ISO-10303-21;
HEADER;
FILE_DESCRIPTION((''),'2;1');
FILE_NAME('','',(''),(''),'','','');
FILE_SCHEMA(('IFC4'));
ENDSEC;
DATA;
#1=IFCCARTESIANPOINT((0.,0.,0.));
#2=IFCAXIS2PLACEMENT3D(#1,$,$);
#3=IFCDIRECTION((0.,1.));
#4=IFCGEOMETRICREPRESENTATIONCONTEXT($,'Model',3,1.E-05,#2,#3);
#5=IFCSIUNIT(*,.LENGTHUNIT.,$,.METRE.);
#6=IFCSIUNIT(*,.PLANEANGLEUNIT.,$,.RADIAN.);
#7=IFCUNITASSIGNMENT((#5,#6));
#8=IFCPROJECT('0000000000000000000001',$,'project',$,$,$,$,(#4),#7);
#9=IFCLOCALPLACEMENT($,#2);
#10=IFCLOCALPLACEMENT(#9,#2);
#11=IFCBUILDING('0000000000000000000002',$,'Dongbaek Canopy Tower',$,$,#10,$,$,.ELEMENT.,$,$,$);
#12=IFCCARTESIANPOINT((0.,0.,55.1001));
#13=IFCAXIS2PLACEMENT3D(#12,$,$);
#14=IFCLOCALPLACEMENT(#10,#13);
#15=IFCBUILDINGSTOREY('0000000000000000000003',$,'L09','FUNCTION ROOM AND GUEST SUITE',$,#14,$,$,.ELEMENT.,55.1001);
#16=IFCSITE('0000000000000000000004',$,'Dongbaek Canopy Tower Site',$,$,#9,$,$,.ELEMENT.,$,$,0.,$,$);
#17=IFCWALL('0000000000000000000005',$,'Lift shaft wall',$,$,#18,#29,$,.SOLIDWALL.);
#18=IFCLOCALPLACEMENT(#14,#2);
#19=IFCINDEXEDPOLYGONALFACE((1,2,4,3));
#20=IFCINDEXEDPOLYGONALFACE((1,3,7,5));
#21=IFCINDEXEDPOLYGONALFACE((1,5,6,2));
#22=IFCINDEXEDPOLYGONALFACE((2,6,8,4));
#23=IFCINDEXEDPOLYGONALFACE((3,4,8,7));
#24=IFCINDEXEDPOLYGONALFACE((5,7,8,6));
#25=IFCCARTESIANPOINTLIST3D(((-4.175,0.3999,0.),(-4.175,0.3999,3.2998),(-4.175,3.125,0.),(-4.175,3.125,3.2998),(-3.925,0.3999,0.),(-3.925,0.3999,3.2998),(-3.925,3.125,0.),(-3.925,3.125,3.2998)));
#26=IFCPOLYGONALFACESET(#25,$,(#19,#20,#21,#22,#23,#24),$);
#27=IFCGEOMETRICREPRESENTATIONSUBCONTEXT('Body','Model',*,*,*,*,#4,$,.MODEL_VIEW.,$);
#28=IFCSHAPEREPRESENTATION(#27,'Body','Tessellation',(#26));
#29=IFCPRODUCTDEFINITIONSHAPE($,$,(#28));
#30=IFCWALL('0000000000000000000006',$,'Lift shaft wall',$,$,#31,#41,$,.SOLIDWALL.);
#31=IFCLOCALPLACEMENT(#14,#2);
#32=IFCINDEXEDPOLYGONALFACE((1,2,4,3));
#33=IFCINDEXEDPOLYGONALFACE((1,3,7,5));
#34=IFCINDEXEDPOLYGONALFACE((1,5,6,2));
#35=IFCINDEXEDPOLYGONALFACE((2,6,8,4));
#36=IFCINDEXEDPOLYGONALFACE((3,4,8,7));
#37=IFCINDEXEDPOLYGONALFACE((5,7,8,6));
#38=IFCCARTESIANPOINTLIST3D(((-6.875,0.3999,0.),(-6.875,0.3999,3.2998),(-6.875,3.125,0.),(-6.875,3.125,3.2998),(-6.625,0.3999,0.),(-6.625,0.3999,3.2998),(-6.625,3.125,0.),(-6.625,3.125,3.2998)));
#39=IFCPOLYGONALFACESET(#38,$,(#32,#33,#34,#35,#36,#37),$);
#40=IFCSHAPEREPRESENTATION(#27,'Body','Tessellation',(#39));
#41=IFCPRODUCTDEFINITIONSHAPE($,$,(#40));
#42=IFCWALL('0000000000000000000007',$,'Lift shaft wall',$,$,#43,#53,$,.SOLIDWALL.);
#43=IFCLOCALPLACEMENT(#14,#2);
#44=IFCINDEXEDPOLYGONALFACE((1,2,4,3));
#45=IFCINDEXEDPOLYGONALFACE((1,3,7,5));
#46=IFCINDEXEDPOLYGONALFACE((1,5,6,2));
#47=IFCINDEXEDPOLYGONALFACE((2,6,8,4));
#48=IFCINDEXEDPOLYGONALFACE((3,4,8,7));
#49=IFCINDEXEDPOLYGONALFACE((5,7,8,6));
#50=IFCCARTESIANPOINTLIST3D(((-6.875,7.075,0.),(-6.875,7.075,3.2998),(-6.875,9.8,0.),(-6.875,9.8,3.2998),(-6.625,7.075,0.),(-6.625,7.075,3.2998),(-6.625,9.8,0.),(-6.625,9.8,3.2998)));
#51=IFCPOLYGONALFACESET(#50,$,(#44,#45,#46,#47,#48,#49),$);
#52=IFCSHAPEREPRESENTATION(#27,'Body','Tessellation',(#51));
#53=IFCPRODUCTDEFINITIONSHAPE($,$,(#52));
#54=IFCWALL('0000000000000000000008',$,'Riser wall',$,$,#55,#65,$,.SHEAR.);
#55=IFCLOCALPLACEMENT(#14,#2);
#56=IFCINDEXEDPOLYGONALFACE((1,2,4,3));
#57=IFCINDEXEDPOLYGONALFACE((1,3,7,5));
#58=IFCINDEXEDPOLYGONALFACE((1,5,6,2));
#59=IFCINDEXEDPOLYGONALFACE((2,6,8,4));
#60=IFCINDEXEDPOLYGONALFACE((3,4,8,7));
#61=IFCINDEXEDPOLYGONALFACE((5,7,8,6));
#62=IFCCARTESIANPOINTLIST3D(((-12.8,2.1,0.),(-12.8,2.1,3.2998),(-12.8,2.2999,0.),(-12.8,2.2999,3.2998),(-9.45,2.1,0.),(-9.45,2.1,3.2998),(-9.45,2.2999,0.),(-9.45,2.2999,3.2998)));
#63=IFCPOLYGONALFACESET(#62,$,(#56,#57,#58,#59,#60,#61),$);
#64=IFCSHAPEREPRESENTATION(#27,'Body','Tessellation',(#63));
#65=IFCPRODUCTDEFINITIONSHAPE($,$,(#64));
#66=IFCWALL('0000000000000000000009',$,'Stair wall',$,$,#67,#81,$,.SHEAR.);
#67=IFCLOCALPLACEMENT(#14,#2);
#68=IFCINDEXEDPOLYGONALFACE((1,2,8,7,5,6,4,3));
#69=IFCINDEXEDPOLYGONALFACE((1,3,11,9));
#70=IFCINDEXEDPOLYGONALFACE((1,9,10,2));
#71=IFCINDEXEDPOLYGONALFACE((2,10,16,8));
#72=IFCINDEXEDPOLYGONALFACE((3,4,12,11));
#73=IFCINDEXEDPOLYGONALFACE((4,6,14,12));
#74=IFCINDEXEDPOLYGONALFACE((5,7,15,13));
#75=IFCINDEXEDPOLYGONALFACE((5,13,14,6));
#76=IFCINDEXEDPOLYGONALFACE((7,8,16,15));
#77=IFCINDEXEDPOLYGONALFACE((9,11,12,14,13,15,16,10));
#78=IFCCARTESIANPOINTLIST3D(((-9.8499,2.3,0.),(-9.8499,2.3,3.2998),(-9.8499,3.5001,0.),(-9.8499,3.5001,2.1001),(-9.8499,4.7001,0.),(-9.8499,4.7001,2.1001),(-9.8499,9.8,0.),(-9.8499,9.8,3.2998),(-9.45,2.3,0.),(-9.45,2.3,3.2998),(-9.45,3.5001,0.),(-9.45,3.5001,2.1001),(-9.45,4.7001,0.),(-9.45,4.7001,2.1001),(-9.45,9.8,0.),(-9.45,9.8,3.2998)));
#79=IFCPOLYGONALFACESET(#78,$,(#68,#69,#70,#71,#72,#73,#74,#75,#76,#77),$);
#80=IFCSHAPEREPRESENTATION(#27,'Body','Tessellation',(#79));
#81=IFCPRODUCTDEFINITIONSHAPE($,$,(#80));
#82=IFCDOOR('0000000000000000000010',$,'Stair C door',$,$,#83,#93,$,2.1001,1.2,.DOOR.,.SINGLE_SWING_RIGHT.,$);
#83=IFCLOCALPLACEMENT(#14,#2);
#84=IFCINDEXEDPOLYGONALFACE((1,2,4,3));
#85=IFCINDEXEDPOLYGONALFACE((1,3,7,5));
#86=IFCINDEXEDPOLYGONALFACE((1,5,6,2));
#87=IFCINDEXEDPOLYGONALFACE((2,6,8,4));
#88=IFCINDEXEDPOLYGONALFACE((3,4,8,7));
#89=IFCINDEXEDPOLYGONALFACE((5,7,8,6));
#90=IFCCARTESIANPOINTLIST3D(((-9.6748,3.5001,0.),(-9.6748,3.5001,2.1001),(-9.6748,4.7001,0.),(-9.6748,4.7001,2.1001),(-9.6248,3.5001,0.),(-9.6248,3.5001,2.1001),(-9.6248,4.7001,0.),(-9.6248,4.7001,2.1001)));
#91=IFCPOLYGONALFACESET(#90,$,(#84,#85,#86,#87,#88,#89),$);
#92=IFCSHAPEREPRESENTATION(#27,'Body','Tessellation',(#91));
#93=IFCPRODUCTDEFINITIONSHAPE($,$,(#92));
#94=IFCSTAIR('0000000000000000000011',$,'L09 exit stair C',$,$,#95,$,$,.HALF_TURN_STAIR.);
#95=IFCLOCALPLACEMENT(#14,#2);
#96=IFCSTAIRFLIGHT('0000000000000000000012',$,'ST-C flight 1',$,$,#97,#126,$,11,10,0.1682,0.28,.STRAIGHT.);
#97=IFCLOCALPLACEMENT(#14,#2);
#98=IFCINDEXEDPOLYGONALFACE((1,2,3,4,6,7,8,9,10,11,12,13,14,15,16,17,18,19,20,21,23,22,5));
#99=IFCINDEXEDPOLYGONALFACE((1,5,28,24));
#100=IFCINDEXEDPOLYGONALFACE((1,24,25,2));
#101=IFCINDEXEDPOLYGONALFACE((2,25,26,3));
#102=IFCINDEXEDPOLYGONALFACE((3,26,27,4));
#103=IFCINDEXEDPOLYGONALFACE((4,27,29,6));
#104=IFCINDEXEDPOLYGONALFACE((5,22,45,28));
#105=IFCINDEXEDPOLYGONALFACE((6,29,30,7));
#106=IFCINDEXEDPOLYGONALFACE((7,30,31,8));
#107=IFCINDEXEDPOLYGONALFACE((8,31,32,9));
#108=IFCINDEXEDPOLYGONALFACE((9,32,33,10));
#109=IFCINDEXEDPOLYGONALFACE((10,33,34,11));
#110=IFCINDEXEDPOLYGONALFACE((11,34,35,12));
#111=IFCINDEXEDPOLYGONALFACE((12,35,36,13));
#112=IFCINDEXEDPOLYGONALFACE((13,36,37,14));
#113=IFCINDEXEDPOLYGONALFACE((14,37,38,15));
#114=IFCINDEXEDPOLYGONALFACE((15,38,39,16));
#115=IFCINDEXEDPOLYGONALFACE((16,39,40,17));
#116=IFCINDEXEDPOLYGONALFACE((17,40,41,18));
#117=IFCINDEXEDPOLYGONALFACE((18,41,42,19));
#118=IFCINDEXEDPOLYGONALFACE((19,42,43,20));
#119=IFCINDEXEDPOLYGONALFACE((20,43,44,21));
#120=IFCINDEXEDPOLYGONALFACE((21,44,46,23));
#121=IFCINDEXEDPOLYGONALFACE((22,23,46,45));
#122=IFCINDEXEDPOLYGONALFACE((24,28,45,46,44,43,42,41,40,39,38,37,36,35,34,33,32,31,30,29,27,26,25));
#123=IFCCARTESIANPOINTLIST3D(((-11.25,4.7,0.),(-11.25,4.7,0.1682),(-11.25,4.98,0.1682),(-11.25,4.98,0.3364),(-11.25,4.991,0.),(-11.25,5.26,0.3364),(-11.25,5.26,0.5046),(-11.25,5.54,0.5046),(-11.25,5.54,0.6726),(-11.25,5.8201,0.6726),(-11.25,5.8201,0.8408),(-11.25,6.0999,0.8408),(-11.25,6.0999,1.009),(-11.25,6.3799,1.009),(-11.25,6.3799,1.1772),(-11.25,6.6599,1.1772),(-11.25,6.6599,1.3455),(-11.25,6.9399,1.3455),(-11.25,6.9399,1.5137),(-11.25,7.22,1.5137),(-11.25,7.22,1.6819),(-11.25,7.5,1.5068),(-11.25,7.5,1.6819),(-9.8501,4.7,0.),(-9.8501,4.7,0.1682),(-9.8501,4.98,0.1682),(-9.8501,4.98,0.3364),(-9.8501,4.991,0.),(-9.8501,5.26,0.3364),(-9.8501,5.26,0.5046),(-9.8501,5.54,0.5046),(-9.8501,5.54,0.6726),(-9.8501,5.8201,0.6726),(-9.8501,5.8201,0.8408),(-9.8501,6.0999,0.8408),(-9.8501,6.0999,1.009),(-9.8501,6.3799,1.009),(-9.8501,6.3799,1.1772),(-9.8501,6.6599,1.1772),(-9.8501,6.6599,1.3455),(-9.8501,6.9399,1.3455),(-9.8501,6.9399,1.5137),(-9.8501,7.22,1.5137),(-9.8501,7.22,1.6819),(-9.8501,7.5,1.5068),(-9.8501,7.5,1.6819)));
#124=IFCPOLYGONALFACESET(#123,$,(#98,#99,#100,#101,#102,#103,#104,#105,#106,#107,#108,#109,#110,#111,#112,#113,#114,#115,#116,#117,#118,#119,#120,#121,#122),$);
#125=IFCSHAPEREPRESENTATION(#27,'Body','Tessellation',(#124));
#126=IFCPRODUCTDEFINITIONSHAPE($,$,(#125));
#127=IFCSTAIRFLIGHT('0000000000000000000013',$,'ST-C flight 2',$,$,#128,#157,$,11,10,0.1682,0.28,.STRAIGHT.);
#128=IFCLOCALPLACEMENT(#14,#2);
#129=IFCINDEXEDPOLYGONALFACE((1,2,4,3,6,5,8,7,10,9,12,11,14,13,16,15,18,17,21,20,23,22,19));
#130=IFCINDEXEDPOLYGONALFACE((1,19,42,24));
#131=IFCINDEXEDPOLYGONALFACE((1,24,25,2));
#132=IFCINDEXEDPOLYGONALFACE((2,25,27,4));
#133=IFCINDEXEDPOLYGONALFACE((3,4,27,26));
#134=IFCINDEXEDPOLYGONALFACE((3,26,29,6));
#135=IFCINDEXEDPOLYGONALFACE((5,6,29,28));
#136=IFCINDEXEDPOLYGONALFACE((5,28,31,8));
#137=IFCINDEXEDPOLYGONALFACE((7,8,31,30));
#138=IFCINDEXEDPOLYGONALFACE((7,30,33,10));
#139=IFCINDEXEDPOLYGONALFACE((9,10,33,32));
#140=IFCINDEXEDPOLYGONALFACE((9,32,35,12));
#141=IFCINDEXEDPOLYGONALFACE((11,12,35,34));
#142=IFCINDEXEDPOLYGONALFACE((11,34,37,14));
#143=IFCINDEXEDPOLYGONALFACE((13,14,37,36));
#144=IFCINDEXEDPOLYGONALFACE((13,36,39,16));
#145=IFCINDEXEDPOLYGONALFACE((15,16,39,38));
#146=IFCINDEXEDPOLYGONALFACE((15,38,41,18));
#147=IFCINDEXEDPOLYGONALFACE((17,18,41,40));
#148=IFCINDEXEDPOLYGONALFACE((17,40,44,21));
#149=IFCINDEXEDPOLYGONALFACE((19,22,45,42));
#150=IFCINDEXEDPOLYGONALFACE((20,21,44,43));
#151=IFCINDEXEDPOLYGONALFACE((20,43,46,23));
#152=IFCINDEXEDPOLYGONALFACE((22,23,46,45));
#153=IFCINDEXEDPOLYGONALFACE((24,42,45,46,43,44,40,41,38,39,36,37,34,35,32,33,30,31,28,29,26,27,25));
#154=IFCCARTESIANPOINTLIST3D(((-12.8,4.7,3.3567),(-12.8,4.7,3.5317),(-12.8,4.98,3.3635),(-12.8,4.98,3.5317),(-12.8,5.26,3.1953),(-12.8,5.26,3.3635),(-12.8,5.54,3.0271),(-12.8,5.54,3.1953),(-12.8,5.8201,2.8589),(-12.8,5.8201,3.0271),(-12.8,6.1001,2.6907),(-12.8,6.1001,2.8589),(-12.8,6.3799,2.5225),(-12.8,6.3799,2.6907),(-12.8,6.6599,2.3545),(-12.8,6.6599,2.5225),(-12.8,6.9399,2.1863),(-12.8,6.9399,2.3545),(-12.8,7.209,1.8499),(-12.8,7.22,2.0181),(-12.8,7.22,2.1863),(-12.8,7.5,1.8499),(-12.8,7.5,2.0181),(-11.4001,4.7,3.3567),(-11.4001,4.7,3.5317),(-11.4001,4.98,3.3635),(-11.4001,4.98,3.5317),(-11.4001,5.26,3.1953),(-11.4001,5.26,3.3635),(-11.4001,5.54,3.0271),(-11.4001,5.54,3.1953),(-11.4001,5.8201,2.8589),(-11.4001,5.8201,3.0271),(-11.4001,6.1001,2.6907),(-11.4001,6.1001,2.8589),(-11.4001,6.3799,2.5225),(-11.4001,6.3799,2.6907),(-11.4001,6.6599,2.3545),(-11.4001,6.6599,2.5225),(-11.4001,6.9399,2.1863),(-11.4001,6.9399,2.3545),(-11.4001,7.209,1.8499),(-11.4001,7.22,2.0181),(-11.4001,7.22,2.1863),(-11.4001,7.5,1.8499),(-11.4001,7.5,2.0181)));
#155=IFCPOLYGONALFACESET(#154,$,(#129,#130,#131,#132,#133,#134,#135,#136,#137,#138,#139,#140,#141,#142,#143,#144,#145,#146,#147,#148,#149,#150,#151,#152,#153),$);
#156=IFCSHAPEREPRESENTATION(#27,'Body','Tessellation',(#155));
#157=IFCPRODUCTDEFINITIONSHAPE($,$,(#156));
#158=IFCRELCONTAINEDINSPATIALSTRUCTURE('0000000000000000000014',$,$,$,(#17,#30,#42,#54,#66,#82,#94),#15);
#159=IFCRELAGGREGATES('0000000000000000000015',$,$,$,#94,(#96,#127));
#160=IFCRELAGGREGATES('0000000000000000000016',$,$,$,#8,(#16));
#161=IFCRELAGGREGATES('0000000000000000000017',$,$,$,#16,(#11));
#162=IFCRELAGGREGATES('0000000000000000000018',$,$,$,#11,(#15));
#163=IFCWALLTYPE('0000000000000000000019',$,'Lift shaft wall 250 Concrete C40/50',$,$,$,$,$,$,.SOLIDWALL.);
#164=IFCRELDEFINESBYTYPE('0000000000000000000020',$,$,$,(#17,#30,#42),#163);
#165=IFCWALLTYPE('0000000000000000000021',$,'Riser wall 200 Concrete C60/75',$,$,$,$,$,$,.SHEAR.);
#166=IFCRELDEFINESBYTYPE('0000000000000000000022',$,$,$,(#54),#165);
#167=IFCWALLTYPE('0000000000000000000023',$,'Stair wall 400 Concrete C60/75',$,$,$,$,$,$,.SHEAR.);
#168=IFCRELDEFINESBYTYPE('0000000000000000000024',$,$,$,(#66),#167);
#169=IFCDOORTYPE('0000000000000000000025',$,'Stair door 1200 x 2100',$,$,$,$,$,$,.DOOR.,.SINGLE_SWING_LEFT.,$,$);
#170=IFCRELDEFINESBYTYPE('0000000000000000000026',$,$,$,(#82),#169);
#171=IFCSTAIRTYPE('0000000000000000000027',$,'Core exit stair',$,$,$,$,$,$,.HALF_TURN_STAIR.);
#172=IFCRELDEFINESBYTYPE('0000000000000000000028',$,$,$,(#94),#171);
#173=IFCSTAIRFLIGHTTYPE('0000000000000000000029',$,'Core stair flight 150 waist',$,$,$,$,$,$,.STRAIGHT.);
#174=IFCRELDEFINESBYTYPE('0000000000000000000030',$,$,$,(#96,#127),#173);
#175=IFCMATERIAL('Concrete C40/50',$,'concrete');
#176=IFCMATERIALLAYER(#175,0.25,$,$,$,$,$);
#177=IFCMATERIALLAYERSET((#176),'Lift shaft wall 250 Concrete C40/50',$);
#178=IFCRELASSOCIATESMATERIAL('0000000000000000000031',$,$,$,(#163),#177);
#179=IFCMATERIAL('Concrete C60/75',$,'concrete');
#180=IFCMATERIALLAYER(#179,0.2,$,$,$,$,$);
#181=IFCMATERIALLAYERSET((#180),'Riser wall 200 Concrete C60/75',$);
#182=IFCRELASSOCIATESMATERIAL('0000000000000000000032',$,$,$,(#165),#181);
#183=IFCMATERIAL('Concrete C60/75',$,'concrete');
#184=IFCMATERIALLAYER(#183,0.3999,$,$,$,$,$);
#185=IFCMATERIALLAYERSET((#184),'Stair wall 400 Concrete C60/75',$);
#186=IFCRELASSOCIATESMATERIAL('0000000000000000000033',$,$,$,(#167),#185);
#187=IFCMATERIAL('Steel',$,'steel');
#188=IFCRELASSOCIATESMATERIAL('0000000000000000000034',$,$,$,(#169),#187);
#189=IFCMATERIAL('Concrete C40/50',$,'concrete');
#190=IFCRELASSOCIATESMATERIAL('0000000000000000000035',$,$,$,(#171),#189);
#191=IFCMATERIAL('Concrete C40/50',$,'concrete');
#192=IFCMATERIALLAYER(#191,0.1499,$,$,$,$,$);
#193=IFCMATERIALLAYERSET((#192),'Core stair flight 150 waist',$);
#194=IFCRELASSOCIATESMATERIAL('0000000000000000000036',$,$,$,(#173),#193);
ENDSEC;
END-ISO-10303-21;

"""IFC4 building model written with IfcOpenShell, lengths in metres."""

from ifc_helpers import new_model, si_unit, direction, frame, frame_2d, origin, place, context, subcontext, project, spatial, polyline, rectangle, outline, extrude, material, layer, layer_set, type_object, element, fill, aggregate, save


model = new_model("IFC4")

# Units and contexts
model_context = context("Model", 3, precision=1e-05, world=origin(), true_north=direction((0.0, 1.0)))
body_context = subcontext(model_context, "Body", "Model", "MODEL_VIEW")
ifc_project = project(units=[si_unit("LENGTHUNIT", "METRE"), si_unit("PLANEANGLEUNIT", "RADIAN")], contexts=[model_context])

# Site, building, storey
site_placement = place(None, origin())
site = spatial("IfcSite", under=ifc_project, at=site_placement, Name="Dongbaek Canopy Tower Site", CompositionType="ELEMENT", RefElevation=0.0)
building_placement = place(site_placement, origin())
building = spatial("IfcBuilding", under=site, at=building_placement, Name="Dongbaek Canopy Tower", CompositionType="ELEMENT")
storey_placement = place(building_placement, frame((0.0, 0.0, 55.1001)))
storey = spatial("IfcBuildingStorey", under=building, at=storey_placement, Name="L09", Description="FUNCTION ROOM AND GUEST SUITE", CompositionType="ELEMENT", Elevation=55.1001)

# Walls
ifc_material_1 = material(Name="Concrete C40/50", Category="concrete")
ifc_layer_1 = layer(ifc_material_1, 0.25)
ifc_layer_set_1 = layer_set([ifc_layer_1], Name="Lift shaft wall 250 Concrete C40/50")
wall_type_1 = type_object("IfcWallType", Name="Lift shaft wall 250 Concrete C40/50", PredefinedType="SOLIDWALL", material=ifc_layer_set_1)
for number, where, z_axis, x_axis, name in (
    (1, (-4.05, 0.3999, 0.0), (0.0, 0.0, 1.0), (0.0, 1.0, 0.0), "Lift shaft wall"),
    (2, (-6.75, 0.3999, 0.0), (0.0, 0.0, 1.0), (0.0, 1.0, 0.0), "Lift shaft wall"),
    (3, (-6.75, 7.075, 0.0), (0.0, 0.0, 1.0), (0.0, 1.0, 0.0), "Lift shaft wall"),
):
    element("IfcWall", number, at=place(storey_placement, frame(where, z_axis=z_axis, x_axis=x_axis)), inside=storey, type_object=wall_type_1, Name=name, PredefinedType="SOLIDWALL", context=body_context, shape_type="SweptSolid", body=[
        extrude(rectangle(XDim=2.7251, YDim=0.25, at=frame_2d((1.3625, 0.0))), origin(), (0.0, 0.0, 1.0), 3.2998),
    ])
ifc_material_2 = material(Name="Concrete C60/75", Category="concrete")
ifc_layer_2 = layer(ifc_material_2, 0.2)
ifc_layer_set_2 = layer_set([ifc_layer_2], Name="Riser wall 200 Concrete C60/75")
wall_type_2 = type_object("IfcWallType", Name="Riser wall 200 Concrete C60/75", PredefinedType="SHEAR", material=ifc_layer_set_2)
wall_1_placement = place(storey_placement, frame((-9.45, 2.2, 0.0), z_axis=(0.0, 0.0, 1.0), x_axis=(-1.0, 0.0, 0.0)))
element("IfcWall", 4, at=wall_1_placement, inside=storey, type_object=wall_type_2, Name="Riser wall", PredefinedType="SHEAR", context=body_context, shape_type="SweptSolid", body=[
    extrude(rectangle(XDim=3.3501, YDim=0.2, at=frame_2d((1.675, 0.0))), origin(), (0.0, 0.0, 1.0), 3.2998),
])

# Wall, opening, door
ifc_material_3 = material(Name="Concrete C60/75", Category="concrete")
ifc_layer_3 = layer(ifc_material_3, 0.3999)
ifc_layer_set_3 = layer_set([ifc_layer_3], Name="Stair wall 400 Concrete C60/75")
wall_type_3 = type_object("IfcWallType", Name="Stair wall 400 Concrete C60/75", PredefinedType="SHEAR", material=ifc_layer_set_3)
wall_2_placement = place(storey_placement, frame((-9.6499, 2.3, 0.0), z_axis=(0.0, 0.0, 1.0), x_axis=(0.0, 1.0, 0.0)))
wall_2 = element("IfcWall", 5, at=wall_2_placement, inside=storey, type_object=wall_type_3, Name="Stair wall", PredefinedType="SHEAR", context=body_context, shape_type="SweptSolid", body=[
    extrude(rectangle(XDim=7.5, YDim=0.3999, at=frame_2d((3.75, 0.0))), origin(), (0.0, 0.0, 1.0), 3.2998),
])
opening_1_placement = place(wall_2_placement, frame((1.2, 0.0, 0.0)))
opening_1 = element("IfcOpeningElement", 6, at=opening_1_placement, cuts=wall_2, PredefinedType="OPENING", context=body_context, shape_type="SweptSolid", body=[
    extrude(rectangle(XDim=1.2, YDim=2.1001, at=frame_2d((0.6001, 1.05))), frame((0.0, 0.21, 0.0), z_axis=(0.0, -1.0, 0.0), x_axis=(1.0, 0.0, 0.0)), (0.0, 0.0, 1.0), 0.4199),
])
ifc_material_4 = material(Name="Steel", Category="steel")
door_type_1 = type_object("IfcDoorType", Name="Stair door 1200 x 2100", OperationType="SINGLE_SWING_LEFT", PredefinedType="DOOR", material=ifc_material_4)
door_1_placement = place(opening_1_placement, origin())
door_1 = element("IfcDoor", 7, at=door_1_placement, inside=storey, type_object=door_type_1, Name="Stair C door", OperationType="SINGLE_SWING_RIGHT", OverallHeight=2.1001, OverallWidth=1.2, PredefinedType="DOOR", context=body_context, shape_type="SweptSolid", body=[
    extrude(rectangle(XDim=1.2, YDim=2.1001, at=frame_2d((0.6001, 1.05))), frame((0.0, 0.0249, 0.0), z_axis=(0.0, -1.0, 0.0), x_axis=(1.0, 0.0, 0.0)), (0.0, 0.0, 1.0), 0.05),
])
fill(opening_1, door_1)

# Stair, stair flights
ifc_material_5 = material(Name="Concrete C40/50", Category="concrete")
stair_type = type_object("IfcStairType", Name="Core exit stair", PredefinedType="HALF_TURN_STAIR", material=ifc_material_5)
stair_placement = place(storey_placement, origin())
stair = element("IfcStair", 8, at=stair_placement, inside=storey, type_object=stair_type, Name="L09 exit stair C", PredefinedType="HALF_TURN_STAIR")
ifc_material_6 = material(Name="Concrete C40/50", Category="concrete")
ifc_layer_4 = layer(ifc_material_6, 0.1499)
ifc_layer_set_4 = layer_set([ifc_layer_4], Name="Core stair flight 150 waist")
stair_flight_type = type_object("IfcStairFlightType", Name="Core stair flight 150 waist", PredefinedType="STRAIGHT", material=ifc_layer_set_4)
stair_flight_1_placement = place(storey_placement, frame((-10.55, 4.7, 0.0), z_axis=(0.0, 0.0, 1.0), x_axis=(0.0, 1.0, 0.0)))
stair_flight_1 = element("IfcStairFlight", 9, at=stair_flight_1_placement, type_object=stair_flight_type, Name="ST-C flight 1", NumberOfRisers=11, NumberOfTreads=10, PredefinedType="STRAIGHT", RiserHeight=0.1682, TreadLength=0.28, context=body_context, shape_type="SweptSolid", body=[
    extrude(outline(polyline([(0.0, 0.0), (0.0, 0.1682), (0.28, 0.1682), (0.28, 0.3364), (0.5601, 0.3364), (0.5601, 0.5046), (0.8401, 0.5046), (0.8401, 0.6726), (1.1201, 0.6726), (1.1201, 0.8408), (1.3999, 0.8408), (1.3999, 1.009), (1.6799, 1.009), (1.6799, 1.1772), (1.96, 1.1772), (1.96, 1.3455), (2.24, 1.3455), (2.24, 1.5137), (2.52, 1.5137), (2.52, 1.6819), (2.8, 1.6819), (2.8, 1.8501), (2.8, 1.5068), (0.291, 0.0), (0.0, 0.0)])), frame((0.0, 0.7, 0.0), z_axis=(0.0, -1.0, 0.0), x_axis=(1.0, 0.0, 0.0)), (0.0, 0.0, 1.0), 1.3999),
])
stair_flight_2_placement = place(storey_placement, frame((-12.1001, 7.5, 1.8499), z_axis=(0.0, 0.0, 1.0), x_axis=(0.0, -1.0, 0.0)))
stair_flight_2 = element("IfcStairFlight", 10, at=stair_flight_2_placement, type_object=stair_flight_type, Name="ST-C flight 2", NumberOfRisers=11, NumberOfTreads=10, PredefinedType="STRAIGHT", RiserHeight=0.1682, TreadLength=0.28, context=body_context, shape_type="SweptSolid", body=[
    extrude(outline(polyline([(0.0, 0.0), (0.0, 0.1682), (0.28, 0.1682), (0.28, 0.3364), (0.5601, 0.3364), (0.5601, 0.5046), (0.8401, 0.5046), (0.8401, 0.6726), (1.1201, 0.6726), (1.1201, 0.8408), (1.3999, 0.8408), (1.3999, 1.009), (1.6799, 1.009), (1.6799, 1.1772), (1.96, 1.1772), (1.96, 1.3455), (2.24, 1.3455), (2.24, 1.5137), (2.52, 1.5137), (2.52, 1.6819), (2.8, 1.6819), (2.8, 1.8501), (2.8, 1.5068), (0.291, 0.0), (0.0, 0.0)])), frame((0.0, 0.7, 0.0), z_axis=(0.0, -1.0, 0.0), x_axis=(1.0, 0.0, 0.0)), (0.0, 0.0, 1.0), 1.3999),
])
aggregate(stair, [stair_flight_1, stair_flight_2])

save(model, "model.ifc")
